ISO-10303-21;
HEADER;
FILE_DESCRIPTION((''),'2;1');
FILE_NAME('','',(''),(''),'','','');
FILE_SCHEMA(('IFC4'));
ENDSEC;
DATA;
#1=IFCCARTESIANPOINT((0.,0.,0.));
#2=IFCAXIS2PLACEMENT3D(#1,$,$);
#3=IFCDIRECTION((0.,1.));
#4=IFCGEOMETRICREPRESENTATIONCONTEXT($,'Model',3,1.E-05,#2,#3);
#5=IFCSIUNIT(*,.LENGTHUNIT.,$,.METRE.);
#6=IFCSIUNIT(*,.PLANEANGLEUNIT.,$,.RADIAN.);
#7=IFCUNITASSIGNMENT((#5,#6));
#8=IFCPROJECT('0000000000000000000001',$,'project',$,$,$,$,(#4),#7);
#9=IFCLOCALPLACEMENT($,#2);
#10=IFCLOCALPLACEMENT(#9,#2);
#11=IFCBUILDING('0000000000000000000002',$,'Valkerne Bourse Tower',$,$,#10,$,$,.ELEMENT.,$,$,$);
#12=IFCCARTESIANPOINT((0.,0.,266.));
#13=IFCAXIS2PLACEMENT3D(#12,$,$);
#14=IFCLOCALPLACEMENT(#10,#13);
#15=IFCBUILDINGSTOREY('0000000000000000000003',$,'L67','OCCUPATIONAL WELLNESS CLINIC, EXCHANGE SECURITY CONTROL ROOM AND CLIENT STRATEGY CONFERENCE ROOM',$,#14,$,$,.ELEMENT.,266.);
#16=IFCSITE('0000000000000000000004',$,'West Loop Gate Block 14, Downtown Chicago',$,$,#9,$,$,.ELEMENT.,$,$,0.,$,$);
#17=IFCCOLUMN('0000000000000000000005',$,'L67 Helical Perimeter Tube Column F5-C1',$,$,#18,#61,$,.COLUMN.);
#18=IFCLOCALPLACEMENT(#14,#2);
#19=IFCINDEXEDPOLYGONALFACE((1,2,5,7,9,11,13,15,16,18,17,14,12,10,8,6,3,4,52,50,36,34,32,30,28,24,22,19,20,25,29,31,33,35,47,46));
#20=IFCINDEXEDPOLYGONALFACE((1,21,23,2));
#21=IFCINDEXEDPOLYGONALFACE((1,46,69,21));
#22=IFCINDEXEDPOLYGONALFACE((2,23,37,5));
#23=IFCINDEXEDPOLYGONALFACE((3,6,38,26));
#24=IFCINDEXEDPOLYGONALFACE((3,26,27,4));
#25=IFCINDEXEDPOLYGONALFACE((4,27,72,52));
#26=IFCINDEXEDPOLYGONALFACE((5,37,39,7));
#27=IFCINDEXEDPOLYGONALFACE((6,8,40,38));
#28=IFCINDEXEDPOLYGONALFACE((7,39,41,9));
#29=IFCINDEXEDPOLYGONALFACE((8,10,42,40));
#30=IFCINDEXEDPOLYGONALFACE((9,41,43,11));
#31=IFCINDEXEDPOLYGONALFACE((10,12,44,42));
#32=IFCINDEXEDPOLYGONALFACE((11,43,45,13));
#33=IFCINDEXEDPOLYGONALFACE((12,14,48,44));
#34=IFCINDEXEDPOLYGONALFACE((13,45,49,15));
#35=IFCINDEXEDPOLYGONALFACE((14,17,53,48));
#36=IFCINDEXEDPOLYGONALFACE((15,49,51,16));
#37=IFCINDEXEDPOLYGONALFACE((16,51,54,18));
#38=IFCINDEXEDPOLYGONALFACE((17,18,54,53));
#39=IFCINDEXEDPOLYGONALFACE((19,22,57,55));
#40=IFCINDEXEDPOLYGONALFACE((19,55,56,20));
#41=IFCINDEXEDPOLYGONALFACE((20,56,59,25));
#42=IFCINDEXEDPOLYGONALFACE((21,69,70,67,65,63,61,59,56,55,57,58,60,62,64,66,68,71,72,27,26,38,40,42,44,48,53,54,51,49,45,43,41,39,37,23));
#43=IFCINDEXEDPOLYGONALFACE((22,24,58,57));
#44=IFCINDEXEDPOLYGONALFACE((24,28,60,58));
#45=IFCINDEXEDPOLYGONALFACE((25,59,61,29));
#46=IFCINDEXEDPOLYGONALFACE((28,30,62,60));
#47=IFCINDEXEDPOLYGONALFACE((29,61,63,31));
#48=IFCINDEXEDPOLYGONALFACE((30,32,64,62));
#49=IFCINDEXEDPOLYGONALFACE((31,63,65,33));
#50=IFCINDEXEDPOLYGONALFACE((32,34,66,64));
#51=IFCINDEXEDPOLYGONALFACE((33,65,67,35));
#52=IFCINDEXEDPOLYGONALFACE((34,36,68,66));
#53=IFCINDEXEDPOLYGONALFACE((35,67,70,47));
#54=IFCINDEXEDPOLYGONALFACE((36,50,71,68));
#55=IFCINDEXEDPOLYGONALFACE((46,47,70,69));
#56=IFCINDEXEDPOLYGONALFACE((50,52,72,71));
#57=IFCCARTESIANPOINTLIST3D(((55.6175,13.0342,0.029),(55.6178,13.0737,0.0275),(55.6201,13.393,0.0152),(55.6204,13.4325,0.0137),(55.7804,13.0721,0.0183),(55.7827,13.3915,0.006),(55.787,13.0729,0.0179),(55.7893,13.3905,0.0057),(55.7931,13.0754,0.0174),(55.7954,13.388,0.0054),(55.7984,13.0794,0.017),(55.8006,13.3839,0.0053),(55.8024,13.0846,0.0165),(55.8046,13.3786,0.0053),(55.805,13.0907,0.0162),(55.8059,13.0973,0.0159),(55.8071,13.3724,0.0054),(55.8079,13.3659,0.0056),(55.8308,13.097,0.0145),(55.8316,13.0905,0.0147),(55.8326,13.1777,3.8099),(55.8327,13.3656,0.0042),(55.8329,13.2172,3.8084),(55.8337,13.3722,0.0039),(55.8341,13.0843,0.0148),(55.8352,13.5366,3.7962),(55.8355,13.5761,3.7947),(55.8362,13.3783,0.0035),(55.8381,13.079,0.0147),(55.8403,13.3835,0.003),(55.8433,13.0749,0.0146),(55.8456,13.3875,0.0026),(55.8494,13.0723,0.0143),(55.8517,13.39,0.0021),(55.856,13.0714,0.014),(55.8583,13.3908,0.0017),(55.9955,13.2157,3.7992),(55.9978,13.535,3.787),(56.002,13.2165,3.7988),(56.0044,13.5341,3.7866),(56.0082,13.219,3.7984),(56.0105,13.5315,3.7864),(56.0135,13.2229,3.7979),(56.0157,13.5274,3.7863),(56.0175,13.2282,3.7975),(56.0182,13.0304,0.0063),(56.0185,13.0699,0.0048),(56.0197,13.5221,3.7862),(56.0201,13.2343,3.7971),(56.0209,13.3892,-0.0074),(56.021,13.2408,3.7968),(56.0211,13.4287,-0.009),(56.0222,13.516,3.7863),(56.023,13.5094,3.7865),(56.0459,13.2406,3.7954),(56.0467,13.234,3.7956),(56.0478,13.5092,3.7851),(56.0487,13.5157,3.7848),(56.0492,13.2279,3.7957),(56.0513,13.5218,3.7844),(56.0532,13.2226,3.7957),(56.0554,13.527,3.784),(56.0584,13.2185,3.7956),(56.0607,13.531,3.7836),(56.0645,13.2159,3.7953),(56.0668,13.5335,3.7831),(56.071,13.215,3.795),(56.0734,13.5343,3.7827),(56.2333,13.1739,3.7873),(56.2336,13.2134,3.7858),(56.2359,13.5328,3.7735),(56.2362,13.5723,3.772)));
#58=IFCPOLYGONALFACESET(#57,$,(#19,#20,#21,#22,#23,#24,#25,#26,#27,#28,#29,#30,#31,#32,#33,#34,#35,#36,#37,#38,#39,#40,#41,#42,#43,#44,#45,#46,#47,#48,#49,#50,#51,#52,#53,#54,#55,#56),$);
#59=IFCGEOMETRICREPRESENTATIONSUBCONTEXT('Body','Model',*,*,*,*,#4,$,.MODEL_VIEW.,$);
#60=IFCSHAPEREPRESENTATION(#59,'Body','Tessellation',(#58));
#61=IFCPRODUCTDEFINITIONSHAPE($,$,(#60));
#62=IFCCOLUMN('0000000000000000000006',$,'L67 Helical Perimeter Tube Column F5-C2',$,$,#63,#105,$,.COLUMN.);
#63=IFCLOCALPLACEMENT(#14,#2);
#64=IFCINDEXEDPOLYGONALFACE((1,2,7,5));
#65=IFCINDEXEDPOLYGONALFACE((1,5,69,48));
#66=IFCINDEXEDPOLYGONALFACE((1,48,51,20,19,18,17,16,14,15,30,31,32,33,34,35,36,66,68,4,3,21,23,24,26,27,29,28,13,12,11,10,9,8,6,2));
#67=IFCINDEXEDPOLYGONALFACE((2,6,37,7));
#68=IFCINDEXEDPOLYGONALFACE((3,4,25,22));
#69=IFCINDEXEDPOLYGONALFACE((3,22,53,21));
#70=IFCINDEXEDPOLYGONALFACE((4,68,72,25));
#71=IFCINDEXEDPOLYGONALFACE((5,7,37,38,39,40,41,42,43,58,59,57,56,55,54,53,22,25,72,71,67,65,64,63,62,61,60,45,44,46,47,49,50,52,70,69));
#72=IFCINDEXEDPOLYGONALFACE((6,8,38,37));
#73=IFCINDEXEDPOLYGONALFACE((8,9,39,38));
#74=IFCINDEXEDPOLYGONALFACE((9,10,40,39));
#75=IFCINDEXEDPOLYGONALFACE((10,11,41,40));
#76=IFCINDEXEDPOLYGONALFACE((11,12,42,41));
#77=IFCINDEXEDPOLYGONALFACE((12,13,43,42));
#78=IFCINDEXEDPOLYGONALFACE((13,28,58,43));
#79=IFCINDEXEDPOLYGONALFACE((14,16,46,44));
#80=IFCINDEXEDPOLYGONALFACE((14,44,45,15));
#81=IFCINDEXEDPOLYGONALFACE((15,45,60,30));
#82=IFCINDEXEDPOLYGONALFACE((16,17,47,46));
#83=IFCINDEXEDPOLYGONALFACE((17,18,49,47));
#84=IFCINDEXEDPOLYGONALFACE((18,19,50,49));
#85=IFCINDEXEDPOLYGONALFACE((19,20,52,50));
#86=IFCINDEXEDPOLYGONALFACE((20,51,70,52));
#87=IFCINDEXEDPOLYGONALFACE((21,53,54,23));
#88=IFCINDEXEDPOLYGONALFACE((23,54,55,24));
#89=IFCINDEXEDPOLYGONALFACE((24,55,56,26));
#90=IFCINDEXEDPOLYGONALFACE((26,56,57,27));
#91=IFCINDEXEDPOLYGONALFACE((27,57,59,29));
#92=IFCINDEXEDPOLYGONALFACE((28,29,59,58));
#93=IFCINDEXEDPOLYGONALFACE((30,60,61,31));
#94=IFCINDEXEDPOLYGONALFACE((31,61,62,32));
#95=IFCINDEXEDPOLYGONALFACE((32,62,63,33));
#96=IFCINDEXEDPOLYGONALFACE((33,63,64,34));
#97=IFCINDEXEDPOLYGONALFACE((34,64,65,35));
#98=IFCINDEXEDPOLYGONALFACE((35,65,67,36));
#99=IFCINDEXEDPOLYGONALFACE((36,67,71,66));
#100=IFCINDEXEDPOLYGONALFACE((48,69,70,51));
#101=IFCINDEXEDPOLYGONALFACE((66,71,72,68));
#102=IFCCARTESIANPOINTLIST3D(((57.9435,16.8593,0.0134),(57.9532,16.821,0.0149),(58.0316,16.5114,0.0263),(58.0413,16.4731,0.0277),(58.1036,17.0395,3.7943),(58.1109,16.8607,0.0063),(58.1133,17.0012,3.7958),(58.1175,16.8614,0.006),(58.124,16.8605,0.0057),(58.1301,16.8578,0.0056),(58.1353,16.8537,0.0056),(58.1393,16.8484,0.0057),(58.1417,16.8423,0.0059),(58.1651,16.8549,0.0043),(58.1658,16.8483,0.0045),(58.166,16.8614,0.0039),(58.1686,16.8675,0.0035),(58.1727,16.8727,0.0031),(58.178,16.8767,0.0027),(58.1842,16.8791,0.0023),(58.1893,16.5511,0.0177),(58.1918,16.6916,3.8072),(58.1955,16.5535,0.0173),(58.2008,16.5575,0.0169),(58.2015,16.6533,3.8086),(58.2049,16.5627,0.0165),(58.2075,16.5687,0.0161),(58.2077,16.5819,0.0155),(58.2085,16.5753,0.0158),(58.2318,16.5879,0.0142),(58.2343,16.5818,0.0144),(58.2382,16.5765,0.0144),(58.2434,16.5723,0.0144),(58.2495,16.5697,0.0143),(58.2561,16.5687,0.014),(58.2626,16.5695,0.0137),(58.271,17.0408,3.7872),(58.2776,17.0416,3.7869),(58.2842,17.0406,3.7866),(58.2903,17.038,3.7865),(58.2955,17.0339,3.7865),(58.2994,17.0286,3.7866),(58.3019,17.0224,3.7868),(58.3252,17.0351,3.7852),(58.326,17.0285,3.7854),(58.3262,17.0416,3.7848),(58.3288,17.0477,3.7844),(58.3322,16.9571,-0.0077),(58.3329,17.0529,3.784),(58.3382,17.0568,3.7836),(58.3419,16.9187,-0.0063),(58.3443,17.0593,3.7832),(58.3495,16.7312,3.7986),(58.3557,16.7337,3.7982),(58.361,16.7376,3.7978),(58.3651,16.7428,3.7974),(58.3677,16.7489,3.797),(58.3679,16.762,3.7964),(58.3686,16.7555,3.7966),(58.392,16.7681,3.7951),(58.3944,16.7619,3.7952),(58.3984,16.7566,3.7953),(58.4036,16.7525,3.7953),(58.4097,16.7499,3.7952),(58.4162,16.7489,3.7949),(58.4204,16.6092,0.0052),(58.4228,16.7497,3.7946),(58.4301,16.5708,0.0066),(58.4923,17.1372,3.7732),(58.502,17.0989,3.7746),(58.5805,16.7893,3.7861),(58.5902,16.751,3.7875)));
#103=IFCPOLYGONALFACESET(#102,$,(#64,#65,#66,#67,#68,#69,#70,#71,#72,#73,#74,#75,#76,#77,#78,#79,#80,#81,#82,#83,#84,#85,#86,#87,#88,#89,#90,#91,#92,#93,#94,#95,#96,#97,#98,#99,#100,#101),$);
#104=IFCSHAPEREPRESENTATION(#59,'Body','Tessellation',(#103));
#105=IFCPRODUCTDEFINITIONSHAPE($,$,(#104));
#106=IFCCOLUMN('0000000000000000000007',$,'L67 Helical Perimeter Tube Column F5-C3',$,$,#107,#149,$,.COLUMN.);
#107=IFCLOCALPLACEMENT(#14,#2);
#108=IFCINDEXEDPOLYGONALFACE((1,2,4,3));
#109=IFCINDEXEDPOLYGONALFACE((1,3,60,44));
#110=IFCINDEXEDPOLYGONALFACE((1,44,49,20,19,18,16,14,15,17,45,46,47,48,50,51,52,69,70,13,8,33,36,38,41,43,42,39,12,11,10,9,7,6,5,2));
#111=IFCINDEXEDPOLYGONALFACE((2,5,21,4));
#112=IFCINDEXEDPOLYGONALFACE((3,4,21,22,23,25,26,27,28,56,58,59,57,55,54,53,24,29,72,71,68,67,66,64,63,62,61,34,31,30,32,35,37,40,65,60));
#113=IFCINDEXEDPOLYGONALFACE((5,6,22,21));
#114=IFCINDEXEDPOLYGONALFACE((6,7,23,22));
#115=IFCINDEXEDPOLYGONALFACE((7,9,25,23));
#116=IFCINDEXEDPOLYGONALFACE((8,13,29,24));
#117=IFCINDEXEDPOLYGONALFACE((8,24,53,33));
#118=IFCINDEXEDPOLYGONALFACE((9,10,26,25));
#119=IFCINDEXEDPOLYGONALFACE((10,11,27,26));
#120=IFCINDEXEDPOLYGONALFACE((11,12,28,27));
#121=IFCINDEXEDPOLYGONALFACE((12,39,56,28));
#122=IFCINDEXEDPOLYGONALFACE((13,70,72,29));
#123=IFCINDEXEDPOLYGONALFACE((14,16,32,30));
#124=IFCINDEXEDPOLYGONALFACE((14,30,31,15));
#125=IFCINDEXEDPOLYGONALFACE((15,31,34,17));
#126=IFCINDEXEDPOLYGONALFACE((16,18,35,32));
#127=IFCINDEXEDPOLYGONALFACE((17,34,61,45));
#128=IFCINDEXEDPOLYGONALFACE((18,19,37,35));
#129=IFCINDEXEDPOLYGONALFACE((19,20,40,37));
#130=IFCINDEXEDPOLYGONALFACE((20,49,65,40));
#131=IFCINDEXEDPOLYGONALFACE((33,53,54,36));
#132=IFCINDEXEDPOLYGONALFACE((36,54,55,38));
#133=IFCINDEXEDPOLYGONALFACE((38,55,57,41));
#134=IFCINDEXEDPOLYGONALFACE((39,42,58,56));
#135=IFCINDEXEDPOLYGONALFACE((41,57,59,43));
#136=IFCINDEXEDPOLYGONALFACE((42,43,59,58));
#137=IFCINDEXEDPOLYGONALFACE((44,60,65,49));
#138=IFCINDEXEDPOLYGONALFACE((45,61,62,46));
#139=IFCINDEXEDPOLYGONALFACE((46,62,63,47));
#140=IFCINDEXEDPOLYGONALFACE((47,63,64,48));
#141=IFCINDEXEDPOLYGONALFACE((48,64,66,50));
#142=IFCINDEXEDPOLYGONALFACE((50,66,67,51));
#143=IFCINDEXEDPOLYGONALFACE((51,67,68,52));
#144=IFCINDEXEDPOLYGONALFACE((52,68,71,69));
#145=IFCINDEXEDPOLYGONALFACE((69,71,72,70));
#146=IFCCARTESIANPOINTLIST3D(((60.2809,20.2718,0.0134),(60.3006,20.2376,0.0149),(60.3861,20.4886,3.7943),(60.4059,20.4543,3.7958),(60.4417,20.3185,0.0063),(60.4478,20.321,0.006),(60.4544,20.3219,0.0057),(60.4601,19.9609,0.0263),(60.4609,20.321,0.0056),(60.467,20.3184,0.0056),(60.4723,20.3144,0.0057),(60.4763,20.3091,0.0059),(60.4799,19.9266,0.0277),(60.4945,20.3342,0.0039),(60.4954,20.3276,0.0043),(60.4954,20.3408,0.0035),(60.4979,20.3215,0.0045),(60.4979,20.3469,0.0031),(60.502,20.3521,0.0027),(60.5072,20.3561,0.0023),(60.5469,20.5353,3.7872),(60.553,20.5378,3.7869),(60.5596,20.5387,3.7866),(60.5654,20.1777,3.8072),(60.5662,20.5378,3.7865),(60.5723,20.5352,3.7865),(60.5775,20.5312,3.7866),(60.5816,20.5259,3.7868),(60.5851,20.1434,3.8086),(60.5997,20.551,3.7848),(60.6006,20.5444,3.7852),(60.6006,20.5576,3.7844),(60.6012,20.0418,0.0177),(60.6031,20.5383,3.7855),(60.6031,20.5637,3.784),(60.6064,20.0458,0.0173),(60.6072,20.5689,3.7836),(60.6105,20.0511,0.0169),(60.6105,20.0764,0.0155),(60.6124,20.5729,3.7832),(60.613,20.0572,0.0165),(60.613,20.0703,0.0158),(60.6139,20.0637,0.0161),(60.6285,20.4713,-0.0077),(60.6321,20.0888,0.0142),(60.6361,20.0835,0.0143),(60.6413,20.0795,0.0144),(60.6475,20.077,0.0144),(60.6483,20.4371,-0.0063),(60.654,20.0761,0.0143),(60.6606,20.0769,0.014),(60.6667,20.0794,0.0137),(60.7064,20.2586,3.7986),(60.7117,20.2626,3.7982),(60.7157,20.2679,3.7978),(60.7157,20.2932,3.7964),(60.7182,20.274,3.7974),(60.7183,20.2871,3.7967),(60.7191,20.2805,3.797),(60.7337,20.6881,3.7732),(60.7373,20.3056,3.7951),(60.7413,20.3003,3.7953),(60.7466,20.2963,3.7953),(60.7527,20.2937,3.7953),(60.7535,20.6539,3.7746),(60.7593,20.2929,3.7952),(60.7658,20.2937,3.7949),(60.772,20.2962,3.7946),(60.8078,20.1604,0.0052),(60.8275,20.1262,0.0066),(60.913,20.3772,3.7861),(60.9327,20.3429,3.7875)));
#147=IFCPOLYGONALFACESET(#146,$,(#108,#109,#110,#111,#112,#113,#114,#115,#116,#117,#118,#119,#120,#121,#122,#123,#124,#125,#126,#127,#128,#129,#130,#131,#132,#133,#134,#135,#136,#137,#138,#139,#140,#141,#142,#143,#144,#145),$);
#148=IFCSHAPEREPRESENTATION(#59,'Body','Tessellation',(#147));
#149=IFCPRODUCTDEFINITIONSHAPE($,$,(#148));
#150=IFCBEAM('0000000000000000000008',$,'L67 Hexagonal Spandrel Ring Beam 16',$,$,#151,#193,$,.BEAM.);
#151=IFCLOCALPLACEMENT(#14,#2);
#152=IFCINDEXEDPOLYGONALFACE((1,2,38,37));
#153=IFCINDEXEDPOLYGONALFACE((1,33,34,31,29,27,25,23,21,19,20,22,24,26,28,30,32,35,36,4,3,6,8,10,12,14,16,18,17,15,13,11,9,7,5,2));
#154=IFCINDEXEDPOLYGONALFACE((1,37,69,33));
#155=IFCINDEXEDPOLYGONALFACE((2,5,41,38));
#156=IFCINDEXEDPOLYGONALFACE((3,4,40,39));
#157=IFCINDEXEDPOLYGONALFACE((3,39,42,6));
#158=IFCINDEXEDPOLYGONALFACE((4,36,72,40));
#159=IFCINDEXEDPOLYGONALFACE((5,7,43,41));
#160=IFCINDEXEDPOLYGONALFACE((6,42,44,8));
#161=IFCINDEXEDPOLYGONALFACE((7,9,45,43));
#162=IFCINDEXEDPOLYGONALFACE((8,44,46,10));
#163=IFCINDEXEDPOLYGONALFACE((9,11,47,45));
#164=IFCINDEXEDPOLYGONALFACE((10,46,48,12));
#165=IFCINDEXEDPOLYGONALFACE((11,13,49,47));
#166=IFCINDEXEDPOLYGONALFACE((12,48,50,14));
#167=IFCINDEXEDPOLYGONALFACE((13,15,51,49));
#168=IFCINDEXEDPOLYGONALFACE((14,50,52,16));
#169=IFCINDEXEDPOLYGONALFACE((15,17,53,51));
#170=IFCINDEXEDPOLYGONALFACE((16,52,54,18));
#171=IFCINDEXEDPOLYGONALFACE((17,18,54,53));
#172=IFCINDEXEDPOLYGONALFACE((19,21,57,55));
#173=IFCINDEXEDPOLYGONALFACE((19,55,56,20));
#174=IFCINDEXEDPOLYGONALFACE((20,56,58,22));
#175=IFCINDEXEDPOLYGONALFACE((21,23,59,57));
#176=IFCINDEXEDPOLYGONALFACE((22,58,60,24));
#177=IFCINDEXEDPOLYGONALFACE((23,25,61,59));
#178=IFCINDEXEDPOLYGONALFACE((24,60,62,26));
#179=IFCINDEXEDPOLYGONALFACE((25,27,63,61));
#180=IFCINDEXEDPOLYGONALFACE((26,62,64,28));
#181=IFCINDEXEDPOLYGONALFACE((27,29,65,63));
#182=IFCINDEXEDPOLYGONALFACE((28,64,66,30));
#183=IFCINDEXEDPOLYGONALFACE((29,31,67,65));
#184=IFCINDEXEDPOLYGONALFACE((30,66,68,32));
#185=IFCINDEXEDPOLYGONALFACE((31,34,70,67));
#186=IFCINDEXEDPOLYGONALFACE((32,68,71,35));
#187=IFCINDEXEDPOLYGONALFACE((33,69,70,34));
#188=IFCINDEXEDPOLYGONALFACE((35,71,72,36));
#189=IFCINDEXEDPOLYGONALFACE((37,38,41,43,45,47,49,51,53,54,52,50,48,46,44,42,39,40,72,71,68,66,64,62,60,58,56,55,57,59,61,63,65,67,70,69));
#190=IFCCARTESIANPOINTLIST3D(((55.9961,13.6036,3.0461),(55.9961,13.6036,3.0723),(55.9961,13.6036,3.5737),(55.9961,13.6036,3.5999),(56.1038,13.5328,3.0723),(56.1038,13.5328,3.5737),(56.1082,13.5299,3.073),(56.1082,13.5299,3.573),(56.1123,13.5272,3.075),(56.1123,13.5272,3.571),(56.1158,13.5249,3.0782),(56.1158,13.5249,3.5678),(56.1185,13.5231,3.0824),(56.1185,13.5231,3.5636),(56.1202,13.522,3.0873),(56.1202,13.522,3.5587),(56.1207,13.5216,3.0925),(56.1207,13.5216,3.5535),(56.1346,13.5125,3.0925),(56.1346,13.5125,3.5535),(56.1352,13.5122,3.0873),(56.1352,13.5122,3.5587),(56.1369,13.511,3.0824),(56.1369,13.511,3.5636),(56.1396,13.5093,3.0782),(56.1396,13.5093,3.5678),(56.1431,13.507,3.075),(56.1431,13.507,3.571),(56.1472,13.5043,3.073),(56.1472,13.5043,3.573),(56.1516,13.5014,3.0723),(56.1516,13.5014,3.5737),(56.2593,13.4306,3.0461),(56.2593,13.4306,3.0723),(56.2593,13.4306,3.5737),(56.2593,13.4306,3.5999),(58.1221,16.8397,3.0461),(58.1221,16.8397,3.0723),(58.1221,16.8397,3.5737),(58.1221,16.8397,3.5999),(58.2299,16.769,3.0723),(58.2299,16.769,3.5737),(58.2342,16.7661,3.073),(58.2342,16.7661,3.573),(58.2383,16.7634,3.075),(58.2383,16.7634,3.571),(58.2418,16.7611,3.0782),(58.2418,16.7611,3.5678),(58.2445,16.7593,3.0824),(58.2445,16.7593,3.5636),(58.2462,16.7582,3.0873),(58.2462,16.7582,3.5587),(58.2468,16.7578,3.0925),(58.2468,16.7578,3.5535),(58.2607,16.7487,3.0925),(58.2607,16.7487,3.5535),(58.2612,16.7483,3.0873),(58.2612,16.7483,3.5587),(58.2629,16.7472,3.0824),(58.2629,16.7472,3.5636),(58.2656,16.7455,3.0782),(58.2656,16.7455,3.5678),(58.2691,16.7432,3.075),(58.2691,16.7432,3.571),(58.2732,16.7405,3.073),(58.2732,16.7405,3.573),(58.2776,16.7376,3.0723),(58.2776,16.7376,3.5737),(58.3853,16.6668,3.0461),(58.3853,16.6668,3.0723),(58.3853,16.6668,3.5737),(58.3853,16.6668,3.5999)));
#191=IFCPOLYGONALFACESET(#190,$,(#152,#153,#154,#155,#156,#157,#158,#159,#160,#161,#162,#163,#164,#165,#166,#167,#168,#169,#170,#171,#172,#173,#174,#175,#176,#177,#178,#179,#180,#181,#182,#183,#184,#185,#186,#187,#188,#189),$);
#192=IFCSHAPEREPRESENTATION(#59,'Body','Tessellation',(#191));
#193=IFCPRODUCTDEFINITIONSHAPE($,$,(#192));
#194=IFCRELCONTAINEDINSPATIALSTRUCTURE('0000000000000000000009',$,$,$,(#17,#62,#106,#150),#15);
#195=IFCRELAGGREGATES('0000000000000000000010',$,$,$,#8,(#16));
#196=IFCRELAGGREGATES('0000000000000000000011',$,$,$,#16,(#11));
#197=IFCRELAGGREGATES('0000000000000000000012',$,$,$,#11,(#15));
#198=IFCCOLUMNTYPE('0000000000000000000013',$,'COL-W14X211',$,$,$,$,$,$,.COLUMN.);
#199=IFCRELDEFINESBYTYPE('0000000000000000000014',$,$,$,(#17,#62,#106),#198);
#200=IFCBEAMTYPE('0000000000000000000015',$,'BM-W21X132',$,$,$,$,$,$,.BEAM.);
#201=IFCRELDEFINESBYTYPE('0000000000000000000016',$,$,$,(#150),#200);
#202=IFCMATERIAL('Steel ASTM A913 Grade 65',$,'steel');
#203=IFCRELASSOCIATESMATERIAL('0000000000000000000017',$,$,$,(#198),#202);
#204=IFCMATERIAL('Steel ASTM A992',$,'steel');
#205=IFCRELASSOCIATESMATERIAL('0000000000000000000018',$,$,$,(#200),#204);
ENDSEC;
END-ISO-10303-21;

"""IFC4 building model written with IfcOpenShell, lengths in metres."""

from ifc_helpers import new_model, si_unit, direction, frame, origin, origin_2d, place, context, subcontext, project, spatial, i_section, extrude, material, material_profile, profile_set, type_object, element, save


model = new_model("IFC4")

# Units and contexts
model_context = context("Model", 3, precision=1e-05, world=origin(), true_north=direction((0.0, 1.0)))
body_context = subcontext(model_context, "Body", "Model", "MODEL_VIEW")
ifc_project = project(units=[si_unit("LENGTHUNIT", "METRE"), si_unit("PLANEANGLEUNIT", "RADIAN")], contexts=[model_context])

# Site, building, storey
site_placement = place(None, origin())
site = spatial("IfcSite", under=ifc_project, at=site_placement, Name="West Loop Gate Block 14, Downtown Chicago", CompositionType="ELEMENT", RefElevation=0.0)
building_placement = place(site_placement, origin())
building = spatial("IfcBuilding", under=site, at=building_placement, Name="Valkerne Bourse Tower", CompositionType="ELEMENT")
storey_placement = place(building_placement, frame((0.0, 0.0, 266.0)))
storey = spatial("IfcBuildingStorey", under=building, at=storey_placement, Name="L67", Description="OCCUPATIONAL WELLNESS CLINIC, EXCHANGE SECURITY CONTROL ROOM AND CLIENT STRATEGY CONFERENCE ROOM", CompositionType="ELEMENT", Elevation=266.0)

# Columns
ifc_material_1 = material(Name="Steel ASTM A913 Grade 65", Category="steel")
ifc_material_profile_1 = material_profile(ifc_material_1, i_section(OverallWidth=0.4014, OverallDepth=0.3987, WebThickness=0.0249, FlangeThickness=0.0396, FilletRadius=0.0254, at=origin_2d()), Name="W14X211")
ifc_profile_set_1 = profile_set([ifc_material_profile_1], Name="Steel ASTM A913 Grade 65")
column_type = type_object("IfcColumnType", Name="COL-W14X211", PredefinedType="COLUMN", material=ifc_profile_set_1)
column_placement = place(storey_placement, frame((55.8193, 13.2314, 0.01), z_axis=(0.056754, 0.037879, 0.997669), x_axis=(-0.998362, 0.009446, 0.056435)))
element("IfcColumn", 1, at=column_placement, inside=storey, type_object=column_type, Name="L67 Helical Perimeter Tube Column F5-C1", PredefinedType="COLUMN", context=body_context, shape_type="SweptSolid", body=[
    extrude(i_section(OverallWidth=0.4014, OverallDepth=0.3987, WebThickness=0.0249, FlangeThickness=0.0396, FilletRadius=0.0254, at=origin_2d()), origin(), (0.0, 0.0, 1.0), 3.7898),
])
for number, where, z_axis, x_axis, name in (
    (2, (58.1868, 16.7151, 0.01), (0.042272, 0.047556, 0.997974), (-0.968475, -0.243487, 0.052626), "L67 Helical Perimeter Tube Column F5-C2"),
    (3, (60.5542, 20.199, 0.01), (0.027773, 0.057222, 0.997975), (-0.866079, -0.497131, 0.052608), "L67 Helical Perimeter Tube Column F5-C3"),
):
    element("IfcColumn", number, at=place(storey_placement, frame(where, z_axis=z_axis, x_axis=x_axis)), inside=storey, type_object=column_type, Name=name, PredefinedType="COLUMN", context=body_context, shape_type="SweptSolid", body=[
        extrude(i_section(OverallWidth=0.4014, OverallDepth=0.3987, WebThickness=0.0249, FlangeThickness=0.0396, FilletRadius=0.0254, at=origin_2d()), origin(), (0.0, 0.0, 1.0), 3.7886),
    ])

# Beam
ifc_material_2 = material(Name="Steel ASTM A992", Category="steel")
ifc_material_profile_2 = material_profile(ifc_material_2, i_section(OverallWidth=0.3149, OverallDepth=0.5537, WebThickness=0.0166, FlangeThickness=0.0261, FilletRadius=0.0203, at=origin_2d()), Name="W21X132")
ifc_profile_set_2 = profile_set([ifc_material_profile_2], Name="Steel ASTM A992")
beam_type = type_object("IfcBeamType", Name="BM-W21X132", PredefinedType="BEAM", material=ifc_profile_set_2)
for number, where, z_axis, x_axis, name in (
    (4, (56.1277, 13.5171, 3.323), (0.549071, 0.835776, 0.0), (-0.835776, 0.549071, 0.0), "L67 Hexagonal Spandrel Ring Beam 16"),
):
    element("IfcBeam", number, at=place(storey_placement, frame(where, z_axis=z_axis, x_axis=x_axis)), inside=storey, type_object=beam_type, Name=name, PredefinedType="BEAM", context=body_context, shape_type="SweptSolid", body=[
        extrude(i_section(OverallWidth=0.3149, OverallDepth=0.5537, WebThickness=0.0166, FlangeThickness=0.0261, FilletRadius=0.0203, at=origin_2d()), origin(), (0.0, 0.0, 1.0), 3.8721),
    ])

save(model, "model.ifc")
